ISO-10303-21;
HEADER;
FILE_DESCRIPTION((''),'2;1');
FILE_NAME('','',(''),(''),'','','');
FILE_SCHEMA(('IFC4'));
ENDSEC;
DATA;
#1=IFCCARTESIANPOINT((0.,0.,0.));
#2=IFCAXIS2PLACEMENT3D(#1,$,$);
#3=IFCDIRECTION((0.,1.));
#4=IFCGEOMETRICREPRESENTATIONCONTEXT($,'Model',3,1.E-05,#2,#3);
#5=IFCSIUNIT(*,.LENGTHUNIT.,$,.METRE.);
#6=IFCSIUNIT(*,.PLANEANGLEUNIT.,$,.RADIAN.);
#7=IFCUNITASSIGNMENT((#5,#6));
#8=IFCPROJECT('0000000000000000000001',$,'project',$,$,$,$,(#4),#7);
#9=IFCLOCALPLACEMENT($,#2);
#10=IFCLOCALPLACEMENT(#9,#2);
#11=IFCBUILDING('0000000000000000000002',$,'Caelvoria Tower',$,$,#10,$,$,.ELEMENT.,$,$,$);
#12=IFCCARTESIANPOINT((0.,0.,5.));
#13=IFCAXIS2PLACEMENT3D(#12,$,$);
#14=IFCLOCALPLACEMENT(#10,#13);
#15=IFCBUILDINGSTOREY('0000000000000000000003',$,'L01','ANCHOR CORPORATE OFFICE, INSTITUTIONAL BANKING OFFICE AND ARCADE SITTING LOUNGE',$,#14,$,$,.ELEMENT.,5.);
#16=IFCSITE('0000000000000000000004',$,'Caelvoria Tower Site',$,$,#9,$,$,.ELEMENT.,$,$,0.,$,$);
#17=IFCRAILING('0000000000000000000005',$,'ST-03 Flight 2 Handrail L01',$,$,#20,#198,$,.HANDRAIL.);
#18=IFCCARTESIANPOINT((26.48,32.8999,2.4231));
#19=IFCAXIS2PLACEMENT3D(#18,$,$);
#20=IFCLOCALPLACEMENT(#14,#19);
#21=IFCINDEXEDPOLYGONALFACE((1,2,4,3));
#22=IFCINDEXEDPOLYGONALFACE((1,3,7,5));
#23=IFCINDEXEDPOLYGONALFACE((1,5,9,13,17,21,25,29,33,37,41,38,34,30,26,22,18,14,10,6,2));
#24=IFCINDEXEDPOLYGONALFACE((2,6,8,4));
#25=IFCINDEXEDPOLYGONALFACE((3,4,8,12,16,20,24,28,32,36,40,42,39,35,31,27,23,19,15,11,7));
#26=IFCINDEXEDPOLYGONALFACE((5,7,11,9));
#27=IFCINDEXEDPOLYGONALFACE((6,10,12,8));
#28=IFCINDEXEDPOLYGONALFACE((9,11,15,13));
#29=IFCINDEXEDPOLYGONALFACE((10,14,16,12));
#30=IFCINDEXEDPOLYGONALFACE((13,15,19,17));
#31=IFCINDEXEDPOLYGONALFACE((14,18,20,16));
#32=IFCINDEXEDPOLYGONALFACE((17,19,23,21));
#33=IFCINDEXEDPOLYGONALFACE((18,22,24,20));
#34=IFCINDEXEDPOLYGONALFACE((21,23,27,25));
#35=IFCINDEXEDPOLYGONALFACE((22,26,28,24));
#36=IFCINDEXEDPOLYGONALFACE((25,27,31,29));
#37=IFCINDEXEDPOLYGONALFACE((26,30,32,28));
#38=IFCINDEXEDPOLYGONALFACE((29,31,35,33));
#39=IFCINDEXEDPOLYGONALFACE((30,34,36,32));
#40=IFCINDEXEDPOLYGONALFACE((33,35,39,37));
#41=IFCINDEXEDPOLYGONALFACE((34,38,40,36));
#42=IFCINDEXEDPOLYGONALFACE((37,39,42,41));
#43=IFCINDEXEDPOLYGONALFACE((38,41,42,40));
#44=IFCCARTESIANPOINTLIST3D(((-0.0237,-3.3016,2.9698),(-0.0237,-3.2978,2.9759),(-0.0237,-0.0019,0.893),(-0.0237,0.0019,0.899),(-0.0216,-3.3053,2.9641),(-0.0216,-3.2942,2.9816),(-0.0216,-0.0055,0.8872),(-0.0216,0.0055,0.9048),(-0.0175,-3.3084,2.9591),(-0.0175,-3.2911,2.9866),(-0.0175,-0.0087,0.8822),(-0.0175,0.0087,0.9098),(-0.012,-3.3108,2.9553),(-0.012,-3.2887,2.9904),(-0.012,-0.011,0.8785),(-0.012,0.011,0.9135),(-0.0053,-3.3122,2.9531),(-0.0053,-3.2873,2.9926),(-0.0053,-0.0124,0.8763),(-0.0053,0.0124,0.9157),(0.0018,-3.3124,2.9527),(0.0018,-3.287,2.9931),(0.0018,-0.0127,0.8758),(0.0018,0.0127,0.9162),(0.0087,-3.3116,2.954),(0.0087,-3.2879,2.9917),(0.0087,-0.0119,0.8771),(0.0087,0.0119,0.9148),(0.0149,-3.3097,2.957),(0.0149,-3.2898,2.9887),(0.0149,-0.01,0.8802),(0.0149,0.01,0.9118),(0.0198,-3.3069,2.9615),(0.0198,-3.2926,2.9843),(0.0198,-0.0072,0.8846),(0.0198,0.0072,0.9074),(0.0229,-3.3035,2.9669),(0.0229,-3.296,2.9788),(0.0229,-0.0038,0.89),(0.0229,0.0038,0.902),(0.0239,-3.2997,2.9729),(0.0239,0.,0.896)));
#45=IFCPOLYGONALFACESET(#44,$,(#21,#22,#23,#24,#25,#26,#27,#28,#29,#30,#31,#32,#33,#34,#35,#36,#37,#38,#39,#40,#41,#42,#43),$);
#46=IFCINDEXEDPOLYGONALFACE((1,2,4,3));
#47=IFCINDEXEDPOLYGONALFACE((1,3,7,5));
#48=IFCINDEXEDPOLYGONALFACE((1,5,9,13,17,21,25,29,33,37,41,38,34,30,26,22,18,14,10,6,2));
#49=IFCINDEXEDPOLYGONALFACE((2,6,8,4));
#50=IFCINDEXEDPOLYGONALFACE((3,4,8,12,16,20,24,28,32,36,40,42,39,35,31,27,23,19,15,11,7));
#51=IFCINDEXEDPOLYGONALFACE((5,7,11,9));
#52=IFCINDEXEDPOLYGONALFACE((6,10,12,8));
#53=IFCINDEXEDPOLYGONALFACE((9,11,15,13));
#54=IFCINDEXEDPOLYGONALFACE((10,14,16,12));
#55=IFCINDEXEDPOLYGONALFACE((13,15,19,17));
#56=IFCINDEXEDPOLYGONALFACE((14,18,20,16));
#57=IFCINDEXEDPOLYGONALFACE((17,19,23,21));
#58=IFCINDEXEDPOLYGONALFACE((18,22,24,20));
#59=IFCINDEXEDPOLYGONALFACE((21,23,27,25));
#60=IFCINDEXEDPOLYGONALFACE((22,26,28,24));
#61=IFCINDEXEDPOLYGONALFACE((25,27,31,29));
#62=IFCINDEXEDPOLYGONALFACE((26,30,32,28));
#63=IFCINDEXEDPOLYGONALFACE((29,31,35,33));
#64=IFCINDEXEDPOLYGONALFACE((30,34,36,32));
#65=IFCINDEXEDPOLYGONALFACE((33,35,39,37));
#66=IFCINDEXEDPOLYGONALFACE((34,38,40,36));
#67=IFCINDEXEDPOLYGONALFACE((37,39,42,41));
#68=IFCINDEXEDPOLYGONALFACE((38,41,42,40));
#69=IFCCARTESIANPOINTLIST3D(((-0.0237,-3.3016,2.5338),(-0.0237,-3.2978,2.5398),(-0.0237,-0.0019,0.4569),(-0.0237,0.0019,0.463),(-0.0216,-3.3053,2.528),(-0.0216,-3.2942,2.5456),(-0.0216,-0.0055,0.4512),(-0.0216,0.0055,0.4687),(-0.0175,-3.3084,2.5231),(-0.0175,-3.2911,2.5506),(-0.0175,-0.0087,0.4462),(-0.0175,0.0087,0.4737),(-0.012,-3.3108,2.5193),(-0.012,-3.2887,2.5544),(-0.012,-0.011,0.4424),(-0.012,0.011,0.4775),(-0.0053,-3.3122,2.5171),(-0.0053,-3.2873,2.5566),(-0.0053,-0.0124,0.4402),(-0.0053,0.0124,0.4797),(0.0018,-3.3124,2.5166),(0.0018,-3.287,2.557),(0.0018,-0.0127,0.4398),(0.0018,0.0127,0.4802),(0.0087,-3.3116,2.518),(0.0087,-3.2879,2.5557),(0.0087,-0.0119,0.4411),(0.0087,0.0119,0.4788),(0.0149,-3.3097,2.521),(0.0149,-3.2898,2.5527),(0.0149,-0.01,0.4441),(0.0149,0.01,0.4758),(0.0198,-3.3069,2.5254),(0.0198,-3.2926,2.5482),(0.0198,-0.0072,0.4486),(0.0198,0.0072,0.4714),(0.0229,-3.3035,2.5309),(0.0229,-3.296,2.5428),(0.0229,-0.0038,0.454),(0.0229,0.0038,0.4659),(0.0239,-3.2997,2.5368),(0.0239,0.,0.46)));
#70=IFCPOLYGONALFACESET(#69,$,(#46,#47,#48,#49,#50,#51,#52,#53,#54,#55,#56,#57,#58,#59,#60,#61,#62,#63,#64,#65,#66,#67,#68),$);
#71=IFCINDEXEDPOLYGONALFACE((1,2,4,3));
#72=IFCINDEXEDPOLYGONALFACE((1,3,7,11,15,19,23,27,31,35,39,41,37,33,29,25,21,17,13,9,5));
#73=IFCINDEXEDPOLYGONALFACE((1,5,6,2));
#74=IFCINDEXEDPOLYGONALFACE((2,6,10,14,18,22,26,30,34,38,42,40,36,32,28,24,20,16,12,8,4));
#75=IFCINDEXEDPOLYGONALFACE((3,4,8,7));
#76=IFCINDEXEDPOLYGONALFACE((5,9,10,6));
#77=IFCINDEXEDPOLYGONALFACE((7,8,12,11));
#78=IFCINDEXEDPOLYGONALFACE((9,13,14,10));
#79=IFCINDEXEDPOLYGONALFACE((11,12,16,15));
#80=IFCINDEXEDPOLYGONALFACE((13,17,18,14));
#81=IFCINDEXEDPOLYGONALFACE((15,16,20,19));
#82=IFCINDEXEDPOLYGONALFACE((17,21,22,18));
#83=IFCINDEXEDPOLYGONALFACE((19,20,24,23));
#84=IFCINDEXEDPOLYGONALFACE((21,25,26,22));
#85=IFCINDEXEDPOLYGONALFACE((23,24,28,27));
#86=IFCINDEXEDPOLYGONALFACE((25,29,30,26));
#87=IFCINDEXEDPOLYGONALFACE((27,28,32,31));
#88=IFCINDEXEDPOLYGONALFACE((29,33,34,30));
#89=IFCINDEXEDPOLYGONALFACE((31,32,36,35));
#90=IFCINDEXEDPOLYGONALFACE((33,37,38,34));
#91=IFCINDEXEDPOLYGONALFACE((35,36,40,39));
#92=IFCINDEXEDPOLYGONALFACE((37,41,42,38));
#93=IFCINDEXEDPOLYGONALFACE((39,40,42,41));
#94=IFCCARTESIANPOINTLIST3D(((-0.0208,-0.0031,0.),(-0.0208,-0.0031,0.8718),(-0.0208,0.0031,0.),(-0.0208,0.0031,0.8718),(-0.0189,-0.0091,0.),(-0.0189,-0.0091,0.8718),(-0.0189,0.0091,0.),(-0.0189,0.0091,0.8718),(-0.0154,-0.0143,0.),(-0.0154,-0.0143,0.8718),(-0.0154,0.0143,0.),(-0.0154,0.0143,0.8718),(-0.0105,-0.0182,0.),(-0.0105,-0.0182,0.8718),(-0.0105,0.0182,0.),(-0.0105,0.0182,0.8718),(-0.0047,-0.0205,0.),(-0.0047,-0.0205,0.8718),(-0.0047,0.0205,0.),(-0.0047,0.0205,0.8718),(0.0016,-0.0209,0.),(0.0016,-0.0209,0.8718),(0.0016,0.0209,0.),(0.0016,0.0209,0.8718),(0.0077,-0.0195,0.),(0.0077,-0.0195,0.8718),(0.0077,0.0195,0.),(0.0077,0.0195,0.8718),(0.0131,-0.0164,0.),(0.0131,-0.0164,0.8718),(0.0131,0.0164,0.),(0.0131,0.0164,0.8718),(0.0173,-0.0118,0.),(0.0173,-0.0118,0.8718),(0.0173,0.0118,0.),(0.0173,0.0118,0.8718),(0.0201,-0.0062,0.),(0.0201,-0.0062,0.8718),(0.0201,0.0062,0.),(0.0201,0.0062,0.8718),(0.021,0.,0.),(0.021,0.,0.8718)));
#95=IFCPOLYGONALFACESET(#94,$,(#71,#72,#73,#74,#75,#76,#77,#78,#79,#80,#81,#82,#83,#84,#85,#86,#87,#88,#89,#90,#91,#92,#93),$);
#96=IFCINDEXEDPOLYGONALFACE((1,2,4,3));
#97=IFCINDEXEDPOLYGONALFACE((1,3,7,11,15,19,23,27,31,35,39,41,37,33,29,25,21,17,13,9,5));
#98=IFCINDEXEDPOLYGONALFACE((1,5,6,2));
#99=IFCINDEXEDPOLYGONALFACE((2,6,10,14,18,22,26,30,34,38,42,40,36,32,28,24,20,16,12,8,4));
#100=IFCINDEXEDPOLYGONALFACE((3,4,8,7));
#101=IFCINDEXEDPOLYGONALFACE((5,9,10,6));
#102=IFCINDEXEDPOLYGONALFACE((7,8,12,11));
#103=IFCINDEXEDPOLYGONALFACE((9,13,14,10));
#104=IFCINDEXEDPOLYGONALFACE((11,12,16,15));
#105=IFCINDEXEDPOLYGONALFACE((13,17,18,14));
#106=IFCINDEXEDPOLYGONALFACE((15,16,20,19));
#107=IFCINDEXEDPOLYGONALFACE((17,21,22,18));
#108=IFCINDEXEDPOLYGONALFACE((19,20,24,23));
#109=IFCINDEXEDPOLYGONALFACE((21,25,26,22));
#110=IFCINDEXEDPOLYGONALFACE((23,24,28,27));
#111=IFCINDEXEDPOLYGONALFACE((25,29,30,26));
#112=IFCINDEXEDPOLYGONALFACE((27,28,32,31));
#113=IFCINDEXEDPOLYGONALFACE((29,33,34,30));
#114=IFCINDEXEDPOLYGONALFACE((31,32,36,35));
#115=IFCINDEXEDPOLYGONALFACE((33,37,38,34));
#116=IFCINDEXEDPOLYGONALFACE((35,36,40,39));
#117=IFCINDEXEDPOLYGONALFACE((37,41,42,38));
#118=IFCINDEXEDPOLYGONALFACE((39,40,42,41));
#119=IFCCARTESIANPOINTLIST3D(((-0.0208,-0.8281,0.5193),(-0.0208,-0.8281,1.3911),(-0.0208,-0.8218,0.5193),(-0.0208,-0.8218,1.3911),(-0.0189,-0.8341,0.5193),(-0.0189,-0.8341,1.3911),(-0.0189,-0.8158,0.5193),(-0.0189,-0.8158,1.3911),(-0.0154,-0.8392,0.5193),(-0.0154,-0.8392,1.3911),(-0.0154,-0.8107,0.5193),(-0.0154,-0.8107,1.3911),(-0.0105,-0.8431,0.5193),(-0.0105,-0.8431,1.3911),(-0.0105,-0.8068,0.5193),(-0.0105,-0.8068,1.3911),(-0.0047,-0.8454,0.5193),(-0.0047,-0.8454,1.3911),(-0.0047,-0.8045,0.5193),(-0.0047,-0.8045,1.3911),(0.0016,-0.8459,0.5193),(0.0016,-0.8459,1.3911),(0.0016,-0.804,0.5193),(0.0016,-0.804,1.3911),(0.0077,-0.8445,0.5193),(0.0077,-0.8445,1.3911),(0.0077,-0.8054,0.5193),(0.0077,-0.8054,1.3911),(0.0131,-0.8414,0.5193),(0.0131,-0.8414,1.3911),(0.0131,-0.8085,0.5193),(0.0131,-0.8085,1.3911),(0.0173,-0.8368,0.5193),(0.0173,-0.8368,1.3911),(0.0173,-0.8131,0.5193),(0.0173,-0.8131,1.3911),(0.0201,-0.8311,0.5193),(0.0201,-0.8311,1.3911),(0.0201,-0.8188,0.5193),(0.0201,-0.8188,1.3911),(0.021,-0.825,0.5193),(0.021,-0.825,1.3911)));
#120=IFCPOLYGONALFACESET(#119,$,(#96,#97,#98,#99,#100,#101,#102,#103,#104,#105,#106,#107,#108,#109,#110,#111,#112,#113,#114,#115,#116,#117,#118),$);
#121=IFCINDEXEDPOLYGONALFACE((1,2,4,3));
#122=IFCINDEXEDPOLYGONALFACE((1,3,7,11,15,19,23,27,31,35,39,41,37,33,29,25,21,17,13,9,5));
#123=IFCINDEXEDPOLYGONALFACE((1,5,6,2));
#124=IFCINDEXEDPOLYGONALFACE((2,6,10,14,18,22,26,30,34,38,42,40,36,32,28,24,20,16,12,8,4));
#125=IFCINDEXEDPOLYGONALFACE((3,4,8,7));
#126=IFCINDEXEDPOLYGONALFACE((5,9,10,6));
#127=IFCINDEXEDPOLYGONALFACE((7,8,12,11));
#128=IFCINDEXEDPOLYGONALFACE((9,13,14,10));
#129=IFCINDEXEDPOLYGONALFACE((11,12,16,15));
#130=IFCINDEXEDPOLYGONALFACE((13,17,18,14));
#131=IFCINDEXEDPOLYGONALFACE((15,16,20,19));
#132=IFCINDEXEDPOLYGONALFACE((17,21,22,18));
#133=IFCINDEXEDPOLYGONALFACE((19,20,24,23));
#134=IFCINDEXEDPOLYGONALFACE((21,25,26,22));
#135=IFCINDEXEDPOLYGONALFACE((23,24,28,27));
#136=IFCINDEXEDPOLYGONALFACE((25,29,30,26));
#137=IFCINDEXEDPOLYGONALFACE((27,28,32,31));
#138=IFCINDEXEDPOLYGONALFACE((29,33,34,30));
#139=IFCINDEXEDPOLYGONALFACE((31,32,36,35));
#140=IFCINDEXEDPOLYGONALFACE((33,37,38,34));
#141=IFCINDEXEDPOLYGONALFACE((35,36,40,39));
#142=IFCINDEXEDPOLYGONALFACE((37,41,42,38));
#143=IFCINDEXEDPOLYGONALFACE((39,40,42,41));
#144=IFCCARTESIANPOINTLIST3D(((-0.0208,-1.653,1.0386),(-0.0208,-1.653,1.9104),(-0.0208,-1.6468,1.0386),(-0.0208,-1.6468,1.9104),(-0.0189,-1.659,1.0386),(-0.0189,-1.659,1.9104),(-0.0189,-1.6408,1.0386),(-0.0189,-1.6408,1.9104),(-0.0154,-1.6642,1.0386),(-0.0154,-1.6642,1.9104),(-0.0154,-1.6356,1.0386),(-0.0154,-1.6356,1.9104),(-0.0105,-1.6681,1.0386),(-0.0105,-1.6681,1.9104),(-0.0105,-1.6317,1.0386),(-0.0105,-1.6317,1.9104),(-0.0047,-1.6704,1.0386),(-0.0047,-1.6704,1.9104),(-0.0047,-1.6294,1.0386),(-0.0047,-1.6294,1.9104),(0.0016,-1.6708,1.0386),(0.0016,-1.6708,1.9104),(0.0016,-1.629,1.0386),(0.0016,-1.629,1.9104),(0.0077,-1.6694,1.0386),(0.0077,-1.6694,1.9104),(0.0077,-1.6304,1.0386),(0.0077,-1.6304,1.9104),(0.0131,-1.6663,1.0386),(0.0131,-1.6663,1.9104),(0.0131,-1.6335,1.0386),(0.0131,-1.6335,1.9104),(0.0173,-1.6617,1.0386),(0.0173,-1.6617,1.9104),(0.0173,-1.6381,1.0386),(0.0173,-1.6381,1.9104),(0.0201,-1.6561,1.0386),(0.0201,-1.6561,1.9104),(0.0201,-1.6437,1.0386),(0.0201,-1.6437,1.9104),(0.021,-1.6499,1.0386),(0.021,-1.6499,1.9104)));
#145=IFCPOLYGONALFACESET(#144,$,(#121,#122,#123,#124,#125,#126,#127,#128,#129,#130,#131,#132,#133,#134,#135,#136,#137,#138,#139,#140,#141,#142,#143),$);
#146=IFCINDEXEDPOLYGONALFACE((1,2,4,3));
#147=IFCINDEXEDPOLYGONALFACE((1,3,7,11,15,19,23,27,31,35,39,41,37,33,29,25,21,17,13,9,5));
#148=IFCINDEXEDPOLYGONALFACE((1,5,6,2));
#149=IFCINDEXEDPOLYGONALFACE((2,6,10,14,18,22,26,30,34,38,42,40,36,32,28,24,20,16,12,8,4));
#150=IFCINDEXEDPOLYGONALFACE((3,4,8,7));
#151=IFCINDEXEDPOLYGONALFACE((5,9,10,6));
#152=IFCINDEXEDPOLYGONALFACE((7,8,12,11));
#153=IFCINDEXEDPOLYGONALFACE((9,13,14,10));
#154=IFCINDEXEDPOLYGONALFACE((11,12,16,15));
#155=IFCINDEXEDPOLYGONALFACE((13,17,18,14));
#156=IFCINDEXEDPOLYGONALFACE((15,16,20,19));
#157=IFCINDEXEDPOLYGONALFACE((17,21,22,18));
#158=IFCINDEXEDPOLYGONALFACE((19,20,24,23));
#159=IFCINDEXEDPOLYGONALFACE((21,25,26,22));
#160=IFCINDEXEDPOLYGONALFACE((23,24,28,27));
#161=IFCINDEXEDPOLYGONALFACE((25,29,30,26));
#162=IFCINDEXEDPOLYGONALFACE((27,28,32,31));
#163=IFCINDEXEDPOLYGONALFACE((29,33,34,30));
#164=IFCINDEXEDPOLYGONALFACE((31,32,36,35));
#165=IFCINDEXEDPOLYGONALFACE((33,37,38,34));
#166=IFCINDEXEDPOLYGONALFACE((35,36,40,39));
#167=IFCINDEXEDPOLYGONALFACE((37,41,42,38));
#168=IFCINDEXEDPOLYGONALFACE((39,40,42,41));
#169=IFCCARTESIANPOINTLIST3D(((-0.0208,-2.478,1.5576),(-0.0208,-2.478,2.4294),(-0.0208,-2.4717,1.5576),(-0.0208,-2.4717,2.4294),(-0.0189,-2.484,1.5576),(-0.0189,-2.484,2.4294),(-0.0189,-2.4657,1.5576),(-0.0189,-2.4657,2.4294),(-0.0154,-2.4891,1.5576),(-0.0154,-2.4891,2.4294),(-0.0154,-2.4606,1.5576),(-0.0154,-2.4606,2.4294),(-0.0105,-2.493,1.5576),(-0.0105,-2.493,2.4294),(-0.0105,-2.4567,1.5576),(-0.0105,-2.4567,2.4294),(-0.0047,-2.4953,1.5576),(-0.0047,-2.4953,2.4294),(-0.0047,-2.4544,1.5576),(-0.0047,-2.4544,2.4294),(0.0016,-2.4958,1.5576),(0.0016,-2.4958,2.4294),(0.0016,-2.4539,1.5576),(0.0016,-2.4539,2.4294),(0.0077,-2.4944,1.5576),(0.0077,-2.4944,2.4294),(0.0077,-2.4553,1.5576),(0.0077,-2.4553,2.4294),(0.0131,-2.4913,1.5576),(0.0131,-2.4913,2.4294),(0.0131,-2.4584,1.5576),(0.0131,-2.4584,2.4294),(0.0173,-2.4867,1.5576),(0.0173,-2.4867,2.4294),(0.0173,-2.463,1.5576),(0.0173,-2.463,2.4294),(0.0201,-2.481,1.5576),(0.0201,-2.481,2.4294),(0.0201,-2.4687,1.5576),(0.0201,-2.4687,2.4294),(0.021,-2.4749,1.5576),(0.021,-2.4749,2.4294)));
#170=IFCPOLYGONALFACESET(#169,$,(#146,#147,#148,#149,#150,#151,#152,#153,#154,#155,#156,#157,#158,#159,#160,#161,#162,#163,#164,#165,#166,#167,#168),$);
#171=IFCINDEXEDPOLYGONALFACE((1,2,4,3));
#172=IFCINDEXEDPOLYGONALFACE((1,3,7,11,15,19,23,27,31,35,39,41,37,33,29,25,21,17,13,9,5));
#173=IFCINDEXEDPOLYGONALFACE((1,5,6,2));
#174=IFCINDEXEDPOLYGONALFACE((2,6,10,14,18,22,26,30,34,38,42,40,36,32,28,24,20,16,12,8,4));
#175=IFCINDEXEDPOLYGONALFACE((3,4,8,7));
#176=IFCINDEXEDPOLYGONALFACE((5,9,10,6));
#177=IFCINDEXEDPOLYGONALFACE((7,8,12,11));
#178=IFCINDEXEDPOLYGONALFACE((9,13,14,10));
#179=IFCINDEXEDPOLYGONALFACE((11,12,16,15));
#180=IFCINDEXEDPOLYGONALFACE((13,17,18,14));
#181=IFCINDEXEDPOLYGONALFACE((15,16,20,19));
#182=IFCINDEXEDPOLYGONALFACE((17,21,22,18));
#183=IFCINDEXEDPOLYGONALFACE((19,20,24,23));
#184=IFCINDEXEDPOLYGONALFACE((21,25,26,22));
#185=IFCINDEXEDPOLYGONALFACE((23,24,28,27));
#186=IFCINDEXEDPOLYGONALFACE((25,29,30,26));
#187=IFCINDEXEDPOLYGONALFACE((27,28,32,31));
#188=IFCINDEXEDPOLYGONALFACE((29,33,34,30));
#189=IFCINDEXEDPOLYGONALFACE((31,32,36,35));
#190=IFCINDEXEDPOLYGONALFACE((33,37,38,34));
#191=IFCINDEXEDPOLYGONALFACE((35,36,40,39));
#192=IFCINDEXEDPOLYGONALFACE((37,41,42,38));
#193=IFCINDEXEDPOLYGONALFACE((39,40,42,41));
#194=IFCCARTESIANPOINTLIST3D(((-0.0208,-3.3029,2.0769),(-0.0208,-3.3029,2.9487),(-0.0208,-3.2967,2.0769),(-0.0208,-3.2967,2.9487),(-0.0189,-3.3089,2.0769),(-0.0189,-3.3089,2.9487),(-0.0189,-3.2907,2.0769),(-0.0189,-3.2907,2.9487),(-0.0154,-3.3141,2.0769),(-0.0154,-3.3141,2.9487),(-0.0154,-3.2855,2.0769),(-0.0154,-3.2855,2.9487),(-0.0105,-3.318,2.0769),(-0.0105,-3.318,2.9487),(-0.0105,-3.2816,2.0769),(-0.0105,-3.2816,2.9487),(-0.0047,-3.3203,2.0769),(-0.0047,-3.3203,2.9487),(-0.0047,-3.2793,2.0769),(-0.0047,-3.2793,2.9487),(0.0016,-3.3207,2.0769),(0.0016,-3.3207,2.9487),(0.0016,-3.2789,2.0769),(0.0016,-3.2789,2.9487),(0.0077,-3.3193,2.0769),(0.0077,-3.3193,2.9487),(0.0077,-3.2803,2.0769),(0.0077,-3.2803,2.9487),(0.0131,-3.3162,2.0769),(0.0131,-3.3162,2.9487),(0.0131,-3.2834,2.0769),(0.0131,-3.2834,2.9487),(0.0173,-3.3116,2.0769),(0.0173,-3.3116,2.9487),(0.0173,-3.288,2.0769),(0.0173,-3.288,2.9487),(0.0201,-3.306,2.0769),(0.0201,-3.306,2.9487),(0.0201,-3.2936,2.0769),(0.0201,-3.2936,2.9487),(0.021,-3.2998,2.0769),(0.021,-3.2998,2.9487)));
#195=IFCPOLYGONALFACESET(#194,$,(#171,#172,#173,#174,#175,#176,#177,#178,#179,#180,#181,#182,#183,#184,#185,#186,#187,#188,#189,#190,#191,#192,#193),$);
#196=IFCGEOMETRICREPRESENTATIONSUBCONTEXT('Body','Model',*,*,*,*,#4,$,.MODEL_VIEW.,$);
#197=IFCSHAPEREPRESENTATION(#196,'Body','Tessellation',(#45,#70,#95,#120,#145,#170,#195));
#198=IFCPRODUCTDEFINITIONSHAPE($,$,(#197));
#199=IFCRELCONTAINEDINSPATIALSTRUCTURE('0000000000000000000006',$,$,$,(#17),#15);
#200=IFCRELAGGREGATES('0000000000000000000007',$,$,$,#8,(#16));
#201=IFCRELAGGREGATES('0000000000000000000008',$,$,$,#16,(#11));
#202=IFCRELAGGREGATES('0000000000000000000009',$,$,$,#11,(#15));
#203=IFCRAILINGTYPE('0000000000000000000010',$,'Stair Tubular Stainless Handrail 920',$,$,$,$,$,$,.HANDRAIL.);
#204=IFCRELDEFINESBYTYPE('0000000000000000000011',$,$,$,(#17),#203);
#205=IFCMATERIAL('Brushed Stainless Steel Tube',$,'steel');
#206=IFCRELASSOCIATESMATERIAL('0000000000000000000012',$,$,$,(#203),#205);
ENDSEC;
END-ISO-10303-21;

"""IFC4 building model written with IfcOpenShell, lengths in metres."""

from ifc_helpers import new_model, si_unit, direction, frame, origin, origin_2d, place, context, subcontext, project, spatial, circle, extrude, material, type_object, element, save


model = new_model("IFC4")

# Units and contexts
model_context = context("Model", 3, precision=1e-05, world=origin(), true_north=direction((0.0, 1.0)))
body_context = subcontext(model_context, "Body", "Model", "MODEL_VIEW")
ifc_project = project(units=[si_unit("LENGTHUNIT", "METRE"), si_unit("PLANEANGLEUNIT", "RADIAN")], contexts=[model_context])

# Site, building, storey
site_placement = place(None, origin())
site = spatial("IfcSite", under=ifc_project, at=site_placement, Name="Caelvoria Tower Site", CompositionType="ELEMENT", RefElevation=0.0)
building_placement = place(site_placement, origin())
building = spatial("IfcBuilding", under=site, at=building_placement, Name="Caelvoria Tower", CompositionType="ELEMENT")
storey_placement = place(building_placement, frame((0.0, 0.0, 5.0)))
storey = spatial("IfcBuildingStorey", under=building, at=storey_placement, Name="L01", Description="ANCHOR CORPORATE OFFICE, INSTITUTIONAL BANKING OFFICE AND ARCADE SITTING LOUNGE", CompositionType="ELEMENT", Elevation=5.0)

# Railing
ifc_material_1 = material(Name="Brushed Stainless Steel Tube", Category="steel")
railing_type_1 = type_object("IfcRailingType", Name="Stair Tubular Stainless Handrail 920", PredefinedType="HANDRAIL", material=ifc_material_1)
railing_1_placement = place(storey_placement, frame((26.48, 32.8999, 2.4231)))
element("IfcRailing", 1, at=railing_1_placement, inside=storey, type_object=railing_type_1, Name="ST-03 Flight 2 Handrail L01", PredefinedType="HANDRAIL", context=body_context, shape_type="SweptSolid", body=[
    extrude(circle(Radius=0.0239, at=origin_2d()), frame((0.0, 0.0, 0.896), z_axis=(0.0, -0.84632, 0.532675), x_axis=(1.0, 0.0, 0.0)), (0.0, 0.0, 1.0), 3.8989),
    extrude(circle(Radius=0.0239, at=origin_2d()), frame((0.0, 0.0, 0.46), z_axis=(0.0, -0.84632, 0.532675), x_axis=(1.0, 0.0, 0.0)), (0.0, 0.0, 1.0), 3.8989),
    extrude(circle(Radius=0.021, at=origin_2d()), origin(), (0.0, 0.0, 1.0), 0.8718),
    extrude(circle(Radius=0.021, at=origin_2d()), frame((0.0, -0.825, 0.5193)), (0.0, 0.0, 1.0), 0.8718),
    extrude(circle(Radius=0.021, at=origin_2d()), frame((0.0, -1.6499, 1.0386)), (0.0, 0.0, 1.0), 0.8718),
    extrude(circle(Radius=0.021, at=origin_2d()), frame((0.0, -2.4749, 1.5576)), (0.0, 0.0, 1.0), 0.8718),
    extrude(circle(Radius=0.021, at=origin_2d()), frame((0.0, -3.2998, 2.0769)), (0.0, 0.0, 1.0), 0.8718),
])

save(model, "model.ifc")
